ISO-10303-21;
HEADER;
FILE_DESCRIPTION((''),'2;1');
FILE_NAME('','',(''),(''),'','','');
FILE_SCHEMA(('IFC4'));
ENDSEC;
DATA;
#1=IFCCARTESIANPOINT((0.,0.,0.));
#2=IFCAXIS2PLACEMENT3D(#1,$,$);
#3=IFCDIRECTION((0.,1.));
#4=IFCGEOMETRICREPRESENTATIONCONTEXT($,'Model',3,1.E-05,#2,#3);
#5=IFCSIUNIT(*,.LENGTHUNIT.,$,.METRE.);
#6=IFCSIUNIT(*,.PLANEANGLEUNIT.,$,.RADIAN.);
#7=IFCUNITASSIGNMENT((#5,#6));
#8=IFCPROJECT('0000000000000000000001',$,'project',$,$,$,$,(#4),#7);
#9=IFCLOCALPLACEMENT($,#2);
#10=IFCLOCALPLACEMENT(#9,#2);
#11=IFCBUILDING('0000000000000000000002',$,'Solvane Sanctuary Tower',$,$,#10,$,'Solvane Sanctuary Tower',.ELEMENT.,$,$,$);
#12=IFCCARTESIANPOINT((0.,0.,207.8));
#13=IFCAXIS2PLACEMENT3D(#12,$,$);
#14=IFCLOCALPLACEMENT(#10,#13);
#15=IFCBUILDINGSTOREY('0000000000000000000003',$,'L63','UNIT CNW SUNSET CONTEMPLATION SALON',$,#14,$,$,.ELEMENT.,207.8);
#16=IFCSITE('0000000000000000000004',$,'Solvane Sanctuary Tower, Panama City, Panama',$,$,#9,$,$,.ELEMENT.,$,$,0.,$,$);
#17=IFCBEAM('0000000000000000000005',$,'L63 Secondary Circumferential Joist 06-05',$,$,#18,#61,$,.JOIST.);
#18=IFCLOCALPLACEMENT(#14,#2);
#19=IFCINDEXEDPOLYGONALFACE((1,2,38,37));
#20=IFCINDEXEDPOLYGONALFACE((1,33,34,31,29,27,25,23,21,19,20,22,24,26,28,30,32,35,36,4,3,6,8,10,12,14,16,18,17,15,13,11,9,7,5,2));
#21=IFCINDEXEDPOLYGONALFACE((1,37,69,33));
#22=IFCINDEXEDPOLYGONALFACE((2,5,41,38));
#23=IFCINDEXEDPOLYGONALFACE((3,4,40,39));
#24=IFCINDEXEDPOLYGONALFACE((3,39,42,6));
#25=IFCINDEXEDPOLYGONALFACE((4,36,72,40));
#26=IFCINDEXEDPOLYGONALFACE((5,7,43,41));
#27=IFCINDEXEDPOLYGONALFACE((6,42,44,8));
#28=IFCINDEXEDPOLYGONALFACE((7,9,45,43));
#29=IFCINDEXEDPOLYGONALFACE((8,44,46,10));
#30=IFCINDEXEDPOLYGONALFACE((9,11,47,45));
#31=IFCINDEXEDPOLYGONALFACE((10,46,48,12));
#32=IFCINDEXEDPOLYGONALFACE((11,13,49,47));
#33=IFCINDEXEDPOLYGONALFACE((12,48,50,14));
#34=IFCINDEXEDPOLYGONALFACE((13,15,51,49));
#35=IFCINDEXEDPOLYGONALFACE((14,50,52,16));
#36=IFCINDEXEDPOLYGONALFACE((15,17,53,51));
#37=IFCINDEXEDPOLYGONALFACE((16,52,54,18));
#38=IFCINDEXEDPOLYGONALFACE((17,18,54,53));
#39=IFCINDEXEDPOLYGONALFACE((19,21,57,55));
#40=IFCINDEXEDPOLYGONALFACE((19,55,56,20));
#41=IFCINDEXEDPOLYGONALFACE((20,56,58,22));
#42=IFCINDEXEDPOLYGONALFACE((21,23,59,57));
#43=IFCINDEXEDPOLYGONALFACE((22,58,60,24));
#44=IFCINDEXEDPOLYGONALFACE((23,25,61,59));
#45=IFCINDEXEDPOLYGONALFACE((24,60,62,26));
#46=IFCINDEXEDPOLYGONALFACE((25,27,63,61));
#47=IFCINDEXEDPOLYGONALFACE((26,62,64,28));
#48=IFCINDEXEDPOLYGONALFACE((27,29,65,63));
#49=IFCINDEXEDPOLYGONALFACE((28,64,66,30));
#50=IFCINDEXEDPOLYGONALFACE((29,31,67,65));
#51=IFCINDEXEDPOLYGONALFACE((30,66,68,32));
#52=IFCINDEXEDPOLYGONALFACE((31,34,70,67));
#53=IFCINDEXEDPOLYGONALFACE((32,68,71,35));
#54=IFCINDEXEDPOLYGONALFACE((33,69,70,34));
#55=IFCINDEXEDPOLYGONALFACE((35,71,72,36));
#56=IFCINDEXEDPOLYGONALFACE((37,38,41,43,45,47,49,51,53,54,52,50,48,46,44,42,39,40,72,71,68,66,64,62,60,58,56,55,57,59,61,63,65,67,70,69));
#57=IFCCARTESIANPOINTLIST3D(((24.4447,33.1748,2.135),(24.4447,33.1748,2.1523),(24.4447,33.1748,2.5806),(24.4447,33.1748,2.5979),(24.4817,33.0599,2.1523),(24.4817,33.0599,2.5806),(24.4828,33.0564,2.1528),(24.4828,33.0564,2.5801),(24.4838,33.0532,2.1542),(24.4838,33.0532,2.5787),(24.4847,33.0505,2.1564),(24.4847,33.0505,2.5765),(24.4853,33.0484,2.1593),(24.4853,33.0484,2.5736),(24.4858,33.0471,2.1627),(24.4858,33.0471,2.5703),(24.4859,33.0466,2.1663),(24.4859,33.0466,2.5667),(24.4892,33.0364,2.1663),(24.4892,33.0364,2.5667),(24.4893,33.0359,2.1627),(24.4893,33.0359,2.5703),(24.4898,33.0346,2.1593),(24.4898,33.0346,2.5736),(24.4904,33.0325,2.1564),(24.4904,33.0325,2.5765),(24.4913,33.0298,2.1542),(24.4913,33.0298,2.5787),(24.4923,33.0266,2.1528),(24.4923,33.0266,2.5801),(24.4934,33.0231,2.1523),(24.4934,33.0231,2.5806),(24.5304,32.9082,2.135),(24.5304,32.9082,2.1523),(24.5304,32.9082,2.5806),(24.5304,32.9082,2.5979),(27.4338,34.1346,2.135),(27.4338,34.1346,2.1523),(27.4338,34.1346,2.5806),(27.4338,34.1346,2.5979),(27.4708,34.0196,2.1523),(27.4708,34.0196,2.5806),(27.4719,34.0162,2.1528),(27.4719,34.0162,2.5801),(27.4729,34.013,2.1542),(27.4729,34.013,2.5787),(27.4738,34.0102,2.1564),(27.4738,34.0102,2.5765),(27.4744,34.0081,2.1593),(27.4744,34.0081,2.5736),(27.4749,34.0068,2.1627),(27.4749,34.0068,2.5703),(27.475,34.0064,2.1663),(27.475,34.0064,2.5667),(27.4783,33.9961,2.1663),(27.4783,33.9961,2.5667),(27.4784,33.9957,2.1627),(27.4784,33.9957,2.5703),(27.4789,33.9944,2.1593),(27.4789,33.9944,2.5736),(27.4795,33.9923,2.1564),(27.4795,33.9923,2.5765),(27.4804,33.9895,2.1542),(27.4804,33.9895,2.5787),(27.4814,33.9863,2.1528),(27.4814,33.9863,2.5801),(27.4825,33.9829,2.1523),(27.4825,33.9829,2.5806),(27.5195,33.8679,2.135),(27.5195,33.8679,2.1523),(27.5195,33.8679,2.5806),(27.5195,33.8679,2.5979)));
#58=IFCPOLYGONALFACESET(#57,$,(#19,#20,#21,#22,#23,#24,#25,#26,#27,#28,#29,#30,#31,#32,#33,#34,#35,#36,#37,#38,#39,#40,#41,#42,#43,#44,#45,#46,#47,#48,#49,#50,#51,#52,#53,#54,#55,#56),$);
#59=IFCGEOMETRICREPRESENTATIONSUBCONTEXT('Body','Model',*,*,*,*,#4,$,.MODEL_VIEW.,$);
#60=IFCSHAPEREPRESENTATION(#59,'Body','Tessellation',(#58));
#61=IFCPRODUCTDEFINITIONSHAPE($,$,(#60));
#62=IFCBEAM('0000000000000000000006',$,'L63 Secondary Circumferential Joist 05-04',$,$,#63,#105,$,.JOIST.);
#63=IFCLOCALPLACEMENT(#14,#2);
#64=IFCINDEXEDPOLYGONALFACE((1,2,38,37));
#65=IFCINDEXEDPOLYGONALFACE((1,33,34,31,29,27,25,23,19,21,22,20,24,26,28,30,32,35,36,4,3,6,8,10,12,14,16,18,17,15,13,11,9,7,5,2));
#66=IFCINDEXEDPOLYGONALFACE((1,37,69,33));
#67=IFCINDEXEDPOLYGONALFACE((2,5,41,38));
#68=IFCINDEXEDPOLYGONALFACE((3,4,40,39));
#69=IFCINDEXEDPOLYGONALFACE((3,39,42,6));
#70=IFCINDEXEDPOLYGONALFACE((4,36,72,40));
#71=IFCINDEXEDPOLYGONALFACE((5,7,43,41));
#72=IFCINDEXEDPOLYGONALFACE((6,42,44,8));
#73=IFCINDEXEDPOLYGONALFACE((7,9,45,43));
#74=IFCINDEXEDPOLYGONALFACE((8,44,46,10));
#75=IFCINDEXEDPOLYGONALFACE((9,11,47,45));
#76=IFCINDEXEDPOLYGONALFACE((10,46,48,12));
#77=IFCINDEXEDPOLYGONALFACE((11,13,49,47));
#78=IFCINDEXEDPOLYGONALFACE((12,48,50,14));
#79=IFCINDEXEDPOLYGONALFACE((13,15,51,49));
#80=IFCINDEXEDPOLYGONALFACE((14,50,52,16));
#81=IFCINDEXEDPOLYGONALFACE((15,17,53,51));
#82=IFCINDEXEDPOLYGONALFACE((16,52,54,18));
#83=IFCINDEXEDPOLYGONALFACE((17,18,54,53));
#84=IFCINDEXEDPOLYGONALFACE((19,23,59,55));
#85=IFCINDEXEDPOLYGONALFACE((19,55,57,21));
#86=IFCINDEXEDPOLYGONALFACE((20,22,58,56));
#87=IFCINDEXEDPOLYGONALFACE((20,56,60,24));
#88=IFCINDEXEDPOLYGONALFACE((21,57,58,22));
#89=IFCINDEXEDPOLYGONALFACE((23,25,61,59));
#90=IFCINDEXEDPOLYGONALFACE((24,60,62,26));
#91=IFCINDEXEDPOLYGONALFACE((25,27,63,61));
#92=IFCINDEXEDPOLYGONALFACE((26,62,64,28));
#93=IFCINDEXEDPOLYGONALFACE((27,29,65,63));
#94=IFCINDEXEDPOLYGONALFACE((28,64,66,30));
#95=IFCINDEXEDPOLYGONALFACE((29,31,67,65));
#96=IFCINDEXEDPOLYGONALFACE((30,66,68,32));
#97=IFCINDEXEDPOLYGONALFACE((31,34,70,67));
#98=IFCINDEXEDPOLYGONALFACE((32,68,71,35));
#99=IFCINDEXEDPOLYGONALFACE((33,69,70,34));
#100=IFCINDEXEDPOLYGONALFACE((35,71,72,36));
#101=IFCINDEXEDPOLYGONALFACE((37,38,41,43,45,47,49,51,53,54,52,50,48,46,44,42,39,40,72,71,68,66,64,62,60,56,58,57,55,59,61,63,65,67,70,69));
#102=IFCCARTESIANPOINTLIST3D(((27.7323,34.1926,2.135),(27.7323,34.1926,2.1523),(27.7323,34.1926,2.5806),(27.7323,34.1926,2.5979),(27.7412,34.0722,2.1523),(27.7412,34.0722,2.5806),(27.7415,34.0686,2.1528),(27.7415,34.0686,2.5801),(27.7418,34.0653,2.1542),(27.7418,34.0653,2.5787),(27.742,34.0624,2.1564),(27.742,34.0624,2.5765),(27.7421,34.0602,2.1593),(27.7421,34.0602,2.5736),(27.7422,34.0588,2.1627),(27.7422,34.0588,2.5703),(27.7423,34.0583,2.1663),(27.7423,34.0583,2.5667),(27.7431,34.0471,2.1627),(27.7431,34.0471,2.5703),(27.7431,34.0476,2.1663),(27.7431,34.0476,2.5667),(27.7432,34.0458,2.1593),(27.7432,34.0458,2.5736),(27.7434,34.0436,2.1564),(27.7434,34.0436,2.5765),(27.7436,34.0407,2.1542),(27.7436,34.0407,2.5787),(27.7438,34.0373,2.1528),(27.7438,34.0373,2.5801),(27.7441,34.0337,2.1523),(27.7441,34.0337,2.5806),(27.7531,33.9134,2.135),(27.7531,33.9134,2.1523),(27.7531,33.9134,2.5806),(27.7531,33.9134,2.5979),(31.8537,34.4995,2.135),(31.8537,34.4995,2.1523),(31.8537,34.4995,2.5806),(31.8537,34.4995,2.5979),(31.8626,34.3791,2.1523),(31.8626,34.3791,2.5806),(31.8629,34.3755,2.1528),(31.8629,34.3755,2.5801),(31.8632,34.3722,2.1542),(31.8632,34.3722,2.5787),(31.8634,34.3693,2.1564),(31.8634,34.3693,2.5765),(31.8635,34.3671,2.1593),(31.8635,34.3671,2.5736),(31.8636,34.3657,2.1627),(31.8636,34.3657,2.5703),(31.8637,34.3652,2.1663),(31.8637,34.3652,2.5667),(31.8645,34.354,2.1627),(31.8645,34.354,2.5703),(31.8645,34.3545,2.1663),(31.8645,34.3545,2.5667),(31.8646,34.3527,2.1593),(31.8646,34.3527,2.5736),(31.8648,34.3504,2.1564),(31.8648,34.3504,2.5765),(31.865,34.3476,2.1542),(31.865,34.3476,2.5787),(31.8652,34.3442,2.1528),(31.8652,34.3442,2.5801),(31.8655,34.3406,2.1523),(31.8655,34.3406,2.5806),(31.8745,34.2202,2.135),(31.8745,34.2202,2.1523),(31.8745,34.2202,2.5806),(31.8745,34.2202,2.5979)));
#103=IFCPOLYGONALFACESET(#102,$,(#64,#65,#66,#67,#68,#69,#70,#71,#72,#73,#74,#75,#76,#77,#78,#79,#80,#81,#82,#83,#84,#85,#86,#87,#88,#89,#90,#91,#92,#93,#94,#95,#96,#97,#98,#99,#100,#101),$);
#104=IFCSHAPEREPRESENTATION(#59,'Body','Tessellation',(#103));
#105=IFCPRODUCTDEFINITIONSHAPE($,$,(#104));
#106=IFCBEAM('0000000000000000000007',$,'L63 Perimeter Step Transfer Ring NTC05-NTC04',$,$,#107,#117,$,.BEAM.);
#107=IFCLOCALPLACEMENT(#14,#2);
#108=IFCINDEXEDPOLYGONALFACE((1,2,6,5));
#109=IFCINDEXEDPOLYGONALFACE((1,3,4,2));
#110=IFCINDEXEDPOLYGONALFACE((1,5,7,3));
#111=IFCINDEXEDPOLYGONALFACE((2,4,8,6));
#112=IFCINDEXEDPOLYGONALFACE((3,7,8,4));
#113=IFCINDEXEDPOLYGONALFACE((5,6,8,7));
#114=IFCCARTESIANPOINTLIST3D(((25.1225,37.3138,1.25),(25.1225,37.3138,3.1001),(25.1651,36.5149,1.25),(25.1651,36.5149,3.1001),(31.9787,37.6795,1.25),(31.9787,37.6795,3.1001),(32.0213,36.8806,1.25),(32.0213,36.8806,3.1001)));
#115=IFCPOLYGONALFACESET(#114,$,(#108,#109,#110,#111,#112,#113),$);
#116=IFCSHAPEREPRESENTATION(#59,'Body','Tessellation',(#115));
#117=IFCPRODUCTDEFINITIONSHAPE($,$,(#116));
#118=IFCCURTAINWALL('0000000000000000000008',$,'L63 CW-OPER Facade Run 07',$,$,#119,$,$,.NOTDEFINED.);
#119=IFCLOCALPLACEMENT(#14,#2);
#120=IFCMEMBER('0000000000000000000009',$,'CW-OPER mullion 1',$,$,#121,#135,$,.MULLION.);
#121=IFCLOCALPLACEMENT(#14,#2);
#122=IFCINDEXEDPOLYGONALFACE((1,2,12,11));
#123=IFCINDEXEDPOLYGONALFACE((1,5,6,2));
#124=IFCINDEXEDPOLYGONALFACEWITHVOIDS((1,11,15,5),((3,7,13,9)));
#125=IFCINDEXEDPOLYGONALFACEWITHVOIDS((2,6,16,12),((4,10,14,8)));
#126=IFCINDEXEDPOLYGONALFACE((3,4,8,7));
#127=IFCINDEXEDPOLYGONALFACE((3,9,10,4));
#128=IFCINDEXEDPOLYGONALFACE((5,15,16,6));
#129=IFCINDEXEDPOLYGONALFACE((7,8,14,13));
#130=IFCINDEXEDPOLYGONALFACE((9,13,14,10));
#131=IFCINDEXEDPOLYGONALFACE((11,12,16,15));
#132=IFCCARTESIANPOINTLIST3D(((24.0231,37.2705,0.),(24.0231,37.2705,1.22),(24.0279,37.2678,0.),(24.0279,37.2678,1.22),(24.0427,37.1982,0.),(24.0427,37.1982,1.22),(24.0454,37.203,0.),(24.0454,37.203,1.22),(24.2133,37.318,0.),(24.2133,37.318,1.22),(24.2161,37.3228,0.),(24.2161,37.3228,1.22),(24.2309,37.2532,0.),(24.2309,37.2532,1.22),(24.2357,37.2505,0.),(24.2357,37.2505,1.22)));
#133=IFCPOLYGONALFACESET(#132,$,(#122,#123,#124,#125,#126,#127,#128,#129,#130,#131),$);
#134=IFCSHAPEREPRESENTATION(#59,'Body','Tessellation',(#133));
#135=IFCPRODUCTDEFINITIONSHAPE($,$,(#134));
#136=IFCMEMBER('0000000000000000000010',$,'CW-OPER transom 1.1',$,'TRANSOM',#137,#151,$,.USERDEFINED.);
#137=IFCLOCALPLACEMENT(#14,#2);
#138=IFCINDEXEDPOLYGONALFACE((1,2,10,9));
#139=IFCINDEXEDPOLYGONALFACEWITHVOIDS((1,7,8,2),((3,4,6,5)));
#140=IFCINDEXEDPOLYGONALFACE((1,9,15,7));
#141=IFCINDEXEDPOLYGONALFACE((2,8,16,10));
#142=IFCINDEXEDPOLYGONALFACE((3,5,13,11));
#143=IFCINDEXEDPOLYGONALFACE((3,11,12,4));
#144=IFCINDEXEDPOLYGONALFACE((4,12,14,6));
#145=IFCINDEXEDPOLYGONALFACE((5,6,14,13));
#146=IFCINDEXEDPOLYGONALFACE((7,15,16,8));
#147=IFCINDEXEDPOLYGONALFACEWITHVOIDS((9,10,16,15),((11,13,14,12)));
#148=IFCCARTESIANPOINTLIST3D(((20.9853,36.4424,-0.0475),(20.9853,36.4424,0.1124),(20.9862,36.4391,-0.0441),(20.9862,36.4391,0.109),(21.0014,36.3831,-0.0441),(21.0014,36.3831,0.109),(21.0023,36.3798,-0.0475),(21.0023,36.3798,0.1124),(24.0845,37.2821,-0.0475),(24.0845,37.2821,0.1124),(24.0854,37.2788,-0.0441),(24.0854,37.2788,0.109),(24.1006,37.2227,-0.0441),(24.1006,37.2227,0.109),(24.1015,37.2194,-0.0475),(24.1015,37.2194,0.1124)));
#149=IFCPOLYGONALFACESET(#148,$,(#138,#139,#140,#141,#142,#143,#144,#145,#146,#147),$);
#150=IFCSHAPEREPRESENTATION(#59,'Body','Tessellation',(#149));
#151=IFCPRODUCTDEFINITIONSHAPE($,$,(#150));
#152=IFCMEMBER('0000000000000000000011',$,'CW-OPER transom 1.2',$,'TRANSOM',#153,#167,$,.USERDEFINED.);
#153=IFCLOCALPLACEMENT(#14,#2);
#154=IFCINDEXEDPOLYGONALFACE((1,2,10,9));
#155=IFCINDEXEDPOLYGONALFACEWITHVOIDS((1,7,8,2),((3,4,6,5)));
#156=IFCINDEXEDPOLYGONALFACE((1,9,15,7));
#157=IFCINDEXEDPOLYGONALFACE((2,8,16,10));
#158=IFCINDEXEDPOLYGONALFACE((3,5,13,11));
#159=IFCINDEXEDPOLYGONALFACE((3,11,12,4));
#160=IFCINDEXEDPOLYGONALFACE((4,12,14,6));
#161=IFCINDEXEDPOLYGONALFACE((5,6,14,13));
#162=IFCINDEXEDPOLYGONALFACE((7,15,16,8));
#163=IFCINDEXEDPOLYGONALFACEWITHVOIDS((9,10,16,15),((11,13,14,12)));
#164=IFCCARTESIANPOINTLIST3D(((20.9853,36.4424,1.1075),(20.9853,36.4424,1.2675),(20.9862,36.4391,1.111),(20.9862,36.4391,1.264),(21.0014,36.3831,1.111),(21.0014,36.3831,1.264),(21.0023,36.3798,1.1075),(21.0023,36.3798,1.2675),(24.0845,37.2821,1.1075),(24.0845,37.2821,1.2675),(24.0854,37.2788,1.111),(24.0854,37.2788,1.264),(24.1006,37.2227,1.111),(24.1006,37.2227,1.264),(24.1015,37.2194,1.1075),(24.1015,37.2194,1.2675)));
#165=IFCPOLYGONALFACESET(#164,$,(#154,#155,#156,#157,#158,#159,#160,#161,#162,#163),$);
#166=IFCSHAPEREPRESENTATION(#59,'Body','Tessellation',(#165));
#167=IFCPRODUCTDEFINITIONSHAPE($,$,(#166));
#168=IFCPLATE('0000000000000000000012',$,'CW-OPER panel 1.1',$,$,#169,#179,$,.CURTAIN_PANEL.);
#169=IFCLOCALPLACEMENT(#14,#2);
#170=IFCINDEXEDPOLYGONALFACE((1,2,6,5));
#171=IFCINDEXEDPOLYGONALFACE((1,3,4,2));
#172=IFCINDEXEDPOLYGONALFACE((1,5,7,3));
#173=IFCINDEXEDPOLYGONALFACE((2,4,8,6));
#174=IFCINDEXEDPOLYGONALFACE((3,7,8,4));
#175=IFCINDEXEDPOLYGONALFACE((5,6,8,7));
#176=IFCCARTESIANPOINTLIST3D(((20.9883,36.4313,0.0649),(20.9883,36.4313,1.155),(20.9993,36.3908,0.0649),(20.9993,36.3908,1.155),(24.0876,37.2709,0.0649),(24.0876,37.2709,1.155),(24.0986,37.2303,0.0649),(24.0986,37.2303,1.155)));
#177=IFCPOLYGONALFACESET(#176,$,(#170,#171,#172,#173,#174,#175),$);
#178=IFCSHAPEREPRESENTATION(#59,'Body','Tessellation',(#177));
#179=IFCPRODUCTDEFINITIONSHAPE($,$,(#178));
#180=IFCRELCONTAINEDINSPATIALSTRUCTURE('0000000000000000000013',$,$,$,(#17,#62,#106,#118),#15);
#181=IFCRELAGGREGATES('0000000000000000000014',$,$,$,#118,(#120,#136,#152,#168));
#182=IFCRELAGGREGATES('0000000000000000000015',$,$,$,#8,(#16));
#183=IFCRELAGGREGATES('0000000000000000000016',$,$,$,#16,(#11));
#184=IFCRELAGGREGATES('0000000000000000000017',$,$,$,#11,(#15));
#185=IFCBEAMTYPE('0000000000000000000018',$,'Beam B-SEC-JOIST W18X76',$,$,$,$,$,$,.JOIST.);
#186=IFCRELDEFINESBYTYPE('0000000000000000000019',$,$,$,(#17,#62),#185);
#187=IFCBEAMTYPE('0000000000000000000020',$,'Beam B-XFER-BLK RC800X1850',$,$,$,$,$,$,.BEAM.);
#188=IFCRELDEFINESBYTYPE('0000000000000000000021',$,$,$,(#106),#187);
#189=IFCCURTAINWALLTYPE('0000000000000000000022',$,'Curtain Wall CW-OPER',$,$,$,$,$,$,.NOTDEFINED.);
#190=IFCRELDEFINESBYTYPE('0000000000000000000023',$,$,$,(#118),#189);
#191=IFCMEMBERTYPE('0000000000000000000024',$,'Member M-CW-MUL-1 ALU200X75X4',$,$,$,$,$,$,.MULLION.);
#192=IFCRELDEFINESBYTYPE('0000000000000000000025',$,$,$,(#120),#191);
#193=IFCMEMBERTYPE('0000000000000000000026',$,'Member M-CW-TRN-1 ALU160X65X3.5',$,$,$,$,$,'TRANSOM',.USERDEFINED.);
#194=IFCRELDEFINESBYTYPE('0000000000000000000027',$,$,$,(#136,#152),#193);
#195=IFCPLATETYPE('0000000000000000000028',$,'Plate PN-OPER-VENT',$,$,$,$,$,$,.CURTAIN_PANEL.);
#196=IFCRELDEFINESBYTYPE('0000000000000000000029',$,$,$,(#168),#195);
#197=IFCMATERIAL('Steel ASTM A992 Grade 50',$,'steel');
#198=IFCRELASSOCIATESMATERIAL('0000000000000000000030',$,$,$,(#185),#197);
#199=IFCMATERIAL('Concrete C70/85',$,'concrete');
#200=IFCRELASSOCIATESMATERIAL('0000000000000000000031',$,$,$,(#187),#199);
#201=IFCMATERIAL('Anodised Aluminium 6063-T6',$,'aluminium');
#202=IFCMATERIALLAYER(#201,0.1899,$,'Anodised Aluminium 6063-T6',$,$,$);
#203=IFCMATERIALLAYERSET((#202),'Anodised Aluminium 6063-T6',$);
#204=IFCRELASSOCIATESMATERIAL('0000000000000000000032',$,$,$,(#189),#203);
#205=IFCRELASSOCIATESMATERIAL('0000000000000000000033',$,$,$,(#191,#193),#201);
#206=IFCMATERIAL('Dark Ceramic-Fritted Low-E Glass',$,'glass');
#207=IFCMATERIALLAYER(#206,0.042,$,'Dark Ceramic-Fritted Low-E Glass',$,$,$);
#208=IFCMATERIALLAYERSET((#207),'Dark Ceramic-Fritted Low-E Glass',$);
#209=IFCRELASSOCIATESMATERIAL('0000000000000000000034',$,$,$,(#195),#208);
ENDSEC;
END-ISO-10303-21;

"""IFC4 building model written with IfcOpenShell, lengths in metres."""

from ifc_helpers import new_model, si_unit, direction, frame, origin, origin_2d, place, context, subcontext, project, spatial, rectangle, hollow_rectangle, i_section, extrude, material, layer, layer_set, material_profile, profile_set, type_object, element, aggregate, save


model = new_model("IFC4")

# Units and contexts
model_context = context("Model", 3, precision=1e-05, world=origin(), true_north=direction((0.0, 1.0)))
body_context = subcontext(model_context, "Body", "Model", "MODEL_VIEW")
ifc_project = project(units=[si_unit("LENGTHUNIT", "METRE"), si_unit("PLANEANGLEUNIT", "RADIAN")], contexts=[model_context])

# Site, building, storey
site_placement = place(None, origin())
site = spatial("IfcSite", under=ifc_project, at=site_placement, Name="Solvane Sanctuary Tower, Panama City, Panama", CompositionType="ELEMENT", RefElevation=0.0)
building_placement = place(site_placement, origin())
building = spatial("IfcBuilding", under=site, at=building_placement, Name="Solvane Sanctuary Tower", LongName="Solvane Sanctuary Tower", CompositionType="ELEMENT")
storey_placement = place(building_placement, frame((0.0, 0.0, 207.8)))
storey = spatial("IfcBuildingStorey", under=building, at=storey_placement, Name="L63", Description="UNIT CNW SUNSET CONTEMPLATION SALON", CompositionType="ELEMENT", Elevation=207.8)

# Beams
ifc_material_1 = material(Name="Steel ASTM A992 Grade 50", Category="steel")
ifc_material_profile_1 = material_profile(ifc_material_1, i_section(OverallWidth=0.28, OverallDepth=0.4629, WebThickness=0.0107, FlangeThickness=0.0173, FilletRadius=0.0139, at=origin_2d()), Name="W18X76")
ifc_profile_set_1 = profile_set([ifc_material_profile_1], Name="Steel ASTM A992 Grade 50")
beam_type_1 = type_object("IfcBeamType", Name="Beam B-SEC-JOIST W18X76", PredefinedType="JOIST", material=ifc_profile_set_1)
beam_1_placement = place(storey_placement, frame((24.4875, 33.0415, 2.3665), z_axis=(0.952125, 0.30571, 0.0), x_axis=(-0.30571, 0.952125, 0.0)))
element("IfcBeam", 1, at=beam_1_placement, inside=storey, type_object=beam_type_1, Name="L63 Secondary Circumferential Joist 06-05", PredefinedType="JOIST", context=body_context, shape_type="SweptSolid", body=[
    extrude(i_section(OverallWidth=0.28, OverallDepth=0.4629, WebThickness=0.0107, FlangeThickness=0.0173, FilletRadius=0.0139, at=origin_2d()), origin(), (0.0, 0.0, 1.0), 3.1394),
])
beam_2_placement = place(storey_placement, frame((27.7427, 34.053, 2.3665), z_axis=(0.997239, 0.074257, 0.0), x_axis=(-0.074257, 0.997239, 0.0)))
element("IfcBeam", 2, at=beam_2_placement, inside=storey, type_object=beam_type_1, Name="L63 Secondary Circumferential Joist 05-04", PredefinedType="JOIST", context=body_context, shape_type="SweptSolid", body=[
    extrude(i_section(OverallWidth=0.28, OverallDepth=0.4629, WebThickness=0.0107, FlangeThickness=0.0173, FilletRadius=0.0139, at=origin_2d()), origin(), (0.0, 0.0, 1.0), 4.1328),
])
ifc_material_2 = material(Name="Concrete C70/85", Category="concrete")
ifc_material_profile_2 = material_profile(ifc_material_2, rectangle(XDim=0.8, YDim=1.8501, at=origin_2d()), Name="RC800X1850")
ifc_profile_set_2 = profile_set([ifc_material_profile_2], Name="Concrete C70/85")
beam_type_2 = type_object("IfcBeamType", Name="Beam B-XFER-BLK RC800X1850", PredefinedType="BEAM", material=ifc_profile_set_2)
beam_3_placement = place(storey_placement, frame((25.1438, 36.9143, 2.175), z_axis=(0.99858, 0.053266, 0.0), x_axis=(-0.053266, 0.99858, 0.0)))
element("IfcBeam", 3, at=beam_3_placement, inside=storey, type_object=beam_type_2, Name="L63 Perimeter Step Transfer Ring NTC05-NTC04", PredefinedType="BEAM", context=body_context, shape_type="SweptSolid", body=[
    extrude(rectangle(XDim=0.8, YDim=1.8501, at=origin_2d()), origin(), (0.0, 0.0, 1.0), 6.866),
])

# Curtain wall, members, plate
ifc_material_3 = material(Name="Anodised Aluminium 6063-T6", Category="aluminium")
ifc_layer_1 = layer(ifc_material_3, 0.1899, Name="Anodised Aluminium 6063-T6")
ifc_layer_set_1 = layer_set([ifc_layer_1], Name="Anodised Aluminium 6063-T6")
curtain_wall_type = type_object("IfcCurtainWallType", Name="Curtain Wall CW-OPER", PredefinedType="NOTDEFINED", material=ifc_layer_set_1)
curtain_wall_placement = place(storey_placement, origin())
curtain_wall = element("IfcCurtainWall", 4, at=curtain_wall_placement, inside=storey, type_object=curtain_wall_type, Name="L63 CW-OPER Facade Run 07", PredefinedType="NOTDEFINED")
ifc_material_profile_3 = material_profile(ifc_material_3, hollow_rectangle(XDim=0.075, YDim=0.2, WallThickness=0.0039, at=origin_2d()), Name="ALU200X75X4")
ifc_profile_set_3 = profile_set([ifc_material_profile_3], Name="Anodised Aluminium 6063-T6")
member_type_1 = type_object("IfcMemberType", Name="Member M-CW-MUL-1 ALU200X75X4", PredefinedType="MULLION", material=ifc_profile_set_3)
member_1_placement = place(storey_placement, frame((24.1294, 37.2605, 0.0), z_axis=(0.0, 0.0, 1.0), x_axis=(0.261468, -0.965212, 0.0)))
member_1 = element("IfcMember", 5, at=member_1_placement, type_object=member_type_1, Name="CW-OPER mullion 1", PredefinedType="MULLION", context=body_context, shape_type="SweptSolid", body=[
    extrude(hollow_rectangle(XDim=0.075, YDim=0.2, WallThickness=0.0039, at=origin_2d()), origin(), (0.0, 0.0, 1.0), 1.22),
])
ifc_material_profile_4 = material_profile(ifc_material_3, hollow_rectangle(XDim=0.0649, YDim=0.1599, WallThickness=0.0034, at=origin_2d()), Name="ALU160X65X3.5")
ifc_profile_set_4 = profile_set([ifc_material_profile_4], Name="Anodised Aluminium 6063-T6")
member_type_2 = type_object("IfcMemberType", Name="Member M-CW-TRN-1 ALU160X65X3.5", ElementType="TRANSOM", PredefinedType="USERDEFINED", material=ifc_profile_set_4)
member_2_placement = place(storey_placement, frame((24.093, 37.2507, 0.0325), z_axis=(-0.965206, -0.261489, 0.0), x_axis=(0.261489, -0.965206, 0.0)))
member_2 = element("IfcMember", 6, at=member_2_placement, type_object=member_type_2, Name="CW-OPER transom 1.1", ObjectType="TRANSOM", PredefinedType="USERDEFINED", context=body_context, shape_type="SweptSolid", body=[
    extrude(hollow_rectangle(XDim=0.0649, YDim=0.1599, WallThickness=0.0034, at=origin_2d()), origin(), (0.0, 0.0, 1.0), 3.2109),
])
member_3_placement = place(storey_placement, frame((24.093, 37.2507, 1.1875), z_axis=(-0.965206, -0.261489, 0.0), x_axis=(0.261489, -0.965206, 0.0)))
member_3 = element("IfcMember", 7, at=member_3_placement, type_object=member_type_2, Name="CW-OPER transom 1.2", ObjectType="TRANSOM", PredefinedType="USERDEFINED", context=body_context, shape_type="SweptSolid", body=[
    extrude(hollow_rectangle(XDim=0.0649, YDim=0.1599, WallThickness=0.0034, at=origin_2d()), origin(), (0.0, 0.0, 1.0), 3.2109),
])
ifc_material_4 = material(Name="Dark Ceramic-Fritted Low-E Glass", Category="glass")
ifc_layer_2 = layer(ifc_material_4, 0.042, Name="Dark Ceramic-Fritted Low-E Glass")
ifc_layer_set_2 = layer_set([ifc_layer_2], Name="Dark Ceramic-Fritted Low-E Glass")
plate_type = type_object("IfcPlateType", Name="Plate PN-OPER-VENT", PredefinedType="CURTAIN_PANEL", material=ifc_layer_set_2)
plate_placement = place(storey_placement, frame((22.5435, 36.8308, 0.0649), z_axis=(0.0, 0.0, 1.0), x_axis=(-0.965212, -0.261468, 0.0)))
plate = element("IfcPlate", 8, at=plate_placement, type_object=plate_type, Name="CW-OPER panel 1.1", PredefinedType="CURTAIN_PANEL", context=body_context, shape_type="SweptSolid", body=[
    extrude(rectangle(XDim=3.2109, YDim=0.042, at=origin_2d()), origin(), (0.0, 0.0, 1.0), 1.0901),
])
aggregate(curtain_wall, [member_1, member_2, member_3, plate])

save(model, "model.ifc")
